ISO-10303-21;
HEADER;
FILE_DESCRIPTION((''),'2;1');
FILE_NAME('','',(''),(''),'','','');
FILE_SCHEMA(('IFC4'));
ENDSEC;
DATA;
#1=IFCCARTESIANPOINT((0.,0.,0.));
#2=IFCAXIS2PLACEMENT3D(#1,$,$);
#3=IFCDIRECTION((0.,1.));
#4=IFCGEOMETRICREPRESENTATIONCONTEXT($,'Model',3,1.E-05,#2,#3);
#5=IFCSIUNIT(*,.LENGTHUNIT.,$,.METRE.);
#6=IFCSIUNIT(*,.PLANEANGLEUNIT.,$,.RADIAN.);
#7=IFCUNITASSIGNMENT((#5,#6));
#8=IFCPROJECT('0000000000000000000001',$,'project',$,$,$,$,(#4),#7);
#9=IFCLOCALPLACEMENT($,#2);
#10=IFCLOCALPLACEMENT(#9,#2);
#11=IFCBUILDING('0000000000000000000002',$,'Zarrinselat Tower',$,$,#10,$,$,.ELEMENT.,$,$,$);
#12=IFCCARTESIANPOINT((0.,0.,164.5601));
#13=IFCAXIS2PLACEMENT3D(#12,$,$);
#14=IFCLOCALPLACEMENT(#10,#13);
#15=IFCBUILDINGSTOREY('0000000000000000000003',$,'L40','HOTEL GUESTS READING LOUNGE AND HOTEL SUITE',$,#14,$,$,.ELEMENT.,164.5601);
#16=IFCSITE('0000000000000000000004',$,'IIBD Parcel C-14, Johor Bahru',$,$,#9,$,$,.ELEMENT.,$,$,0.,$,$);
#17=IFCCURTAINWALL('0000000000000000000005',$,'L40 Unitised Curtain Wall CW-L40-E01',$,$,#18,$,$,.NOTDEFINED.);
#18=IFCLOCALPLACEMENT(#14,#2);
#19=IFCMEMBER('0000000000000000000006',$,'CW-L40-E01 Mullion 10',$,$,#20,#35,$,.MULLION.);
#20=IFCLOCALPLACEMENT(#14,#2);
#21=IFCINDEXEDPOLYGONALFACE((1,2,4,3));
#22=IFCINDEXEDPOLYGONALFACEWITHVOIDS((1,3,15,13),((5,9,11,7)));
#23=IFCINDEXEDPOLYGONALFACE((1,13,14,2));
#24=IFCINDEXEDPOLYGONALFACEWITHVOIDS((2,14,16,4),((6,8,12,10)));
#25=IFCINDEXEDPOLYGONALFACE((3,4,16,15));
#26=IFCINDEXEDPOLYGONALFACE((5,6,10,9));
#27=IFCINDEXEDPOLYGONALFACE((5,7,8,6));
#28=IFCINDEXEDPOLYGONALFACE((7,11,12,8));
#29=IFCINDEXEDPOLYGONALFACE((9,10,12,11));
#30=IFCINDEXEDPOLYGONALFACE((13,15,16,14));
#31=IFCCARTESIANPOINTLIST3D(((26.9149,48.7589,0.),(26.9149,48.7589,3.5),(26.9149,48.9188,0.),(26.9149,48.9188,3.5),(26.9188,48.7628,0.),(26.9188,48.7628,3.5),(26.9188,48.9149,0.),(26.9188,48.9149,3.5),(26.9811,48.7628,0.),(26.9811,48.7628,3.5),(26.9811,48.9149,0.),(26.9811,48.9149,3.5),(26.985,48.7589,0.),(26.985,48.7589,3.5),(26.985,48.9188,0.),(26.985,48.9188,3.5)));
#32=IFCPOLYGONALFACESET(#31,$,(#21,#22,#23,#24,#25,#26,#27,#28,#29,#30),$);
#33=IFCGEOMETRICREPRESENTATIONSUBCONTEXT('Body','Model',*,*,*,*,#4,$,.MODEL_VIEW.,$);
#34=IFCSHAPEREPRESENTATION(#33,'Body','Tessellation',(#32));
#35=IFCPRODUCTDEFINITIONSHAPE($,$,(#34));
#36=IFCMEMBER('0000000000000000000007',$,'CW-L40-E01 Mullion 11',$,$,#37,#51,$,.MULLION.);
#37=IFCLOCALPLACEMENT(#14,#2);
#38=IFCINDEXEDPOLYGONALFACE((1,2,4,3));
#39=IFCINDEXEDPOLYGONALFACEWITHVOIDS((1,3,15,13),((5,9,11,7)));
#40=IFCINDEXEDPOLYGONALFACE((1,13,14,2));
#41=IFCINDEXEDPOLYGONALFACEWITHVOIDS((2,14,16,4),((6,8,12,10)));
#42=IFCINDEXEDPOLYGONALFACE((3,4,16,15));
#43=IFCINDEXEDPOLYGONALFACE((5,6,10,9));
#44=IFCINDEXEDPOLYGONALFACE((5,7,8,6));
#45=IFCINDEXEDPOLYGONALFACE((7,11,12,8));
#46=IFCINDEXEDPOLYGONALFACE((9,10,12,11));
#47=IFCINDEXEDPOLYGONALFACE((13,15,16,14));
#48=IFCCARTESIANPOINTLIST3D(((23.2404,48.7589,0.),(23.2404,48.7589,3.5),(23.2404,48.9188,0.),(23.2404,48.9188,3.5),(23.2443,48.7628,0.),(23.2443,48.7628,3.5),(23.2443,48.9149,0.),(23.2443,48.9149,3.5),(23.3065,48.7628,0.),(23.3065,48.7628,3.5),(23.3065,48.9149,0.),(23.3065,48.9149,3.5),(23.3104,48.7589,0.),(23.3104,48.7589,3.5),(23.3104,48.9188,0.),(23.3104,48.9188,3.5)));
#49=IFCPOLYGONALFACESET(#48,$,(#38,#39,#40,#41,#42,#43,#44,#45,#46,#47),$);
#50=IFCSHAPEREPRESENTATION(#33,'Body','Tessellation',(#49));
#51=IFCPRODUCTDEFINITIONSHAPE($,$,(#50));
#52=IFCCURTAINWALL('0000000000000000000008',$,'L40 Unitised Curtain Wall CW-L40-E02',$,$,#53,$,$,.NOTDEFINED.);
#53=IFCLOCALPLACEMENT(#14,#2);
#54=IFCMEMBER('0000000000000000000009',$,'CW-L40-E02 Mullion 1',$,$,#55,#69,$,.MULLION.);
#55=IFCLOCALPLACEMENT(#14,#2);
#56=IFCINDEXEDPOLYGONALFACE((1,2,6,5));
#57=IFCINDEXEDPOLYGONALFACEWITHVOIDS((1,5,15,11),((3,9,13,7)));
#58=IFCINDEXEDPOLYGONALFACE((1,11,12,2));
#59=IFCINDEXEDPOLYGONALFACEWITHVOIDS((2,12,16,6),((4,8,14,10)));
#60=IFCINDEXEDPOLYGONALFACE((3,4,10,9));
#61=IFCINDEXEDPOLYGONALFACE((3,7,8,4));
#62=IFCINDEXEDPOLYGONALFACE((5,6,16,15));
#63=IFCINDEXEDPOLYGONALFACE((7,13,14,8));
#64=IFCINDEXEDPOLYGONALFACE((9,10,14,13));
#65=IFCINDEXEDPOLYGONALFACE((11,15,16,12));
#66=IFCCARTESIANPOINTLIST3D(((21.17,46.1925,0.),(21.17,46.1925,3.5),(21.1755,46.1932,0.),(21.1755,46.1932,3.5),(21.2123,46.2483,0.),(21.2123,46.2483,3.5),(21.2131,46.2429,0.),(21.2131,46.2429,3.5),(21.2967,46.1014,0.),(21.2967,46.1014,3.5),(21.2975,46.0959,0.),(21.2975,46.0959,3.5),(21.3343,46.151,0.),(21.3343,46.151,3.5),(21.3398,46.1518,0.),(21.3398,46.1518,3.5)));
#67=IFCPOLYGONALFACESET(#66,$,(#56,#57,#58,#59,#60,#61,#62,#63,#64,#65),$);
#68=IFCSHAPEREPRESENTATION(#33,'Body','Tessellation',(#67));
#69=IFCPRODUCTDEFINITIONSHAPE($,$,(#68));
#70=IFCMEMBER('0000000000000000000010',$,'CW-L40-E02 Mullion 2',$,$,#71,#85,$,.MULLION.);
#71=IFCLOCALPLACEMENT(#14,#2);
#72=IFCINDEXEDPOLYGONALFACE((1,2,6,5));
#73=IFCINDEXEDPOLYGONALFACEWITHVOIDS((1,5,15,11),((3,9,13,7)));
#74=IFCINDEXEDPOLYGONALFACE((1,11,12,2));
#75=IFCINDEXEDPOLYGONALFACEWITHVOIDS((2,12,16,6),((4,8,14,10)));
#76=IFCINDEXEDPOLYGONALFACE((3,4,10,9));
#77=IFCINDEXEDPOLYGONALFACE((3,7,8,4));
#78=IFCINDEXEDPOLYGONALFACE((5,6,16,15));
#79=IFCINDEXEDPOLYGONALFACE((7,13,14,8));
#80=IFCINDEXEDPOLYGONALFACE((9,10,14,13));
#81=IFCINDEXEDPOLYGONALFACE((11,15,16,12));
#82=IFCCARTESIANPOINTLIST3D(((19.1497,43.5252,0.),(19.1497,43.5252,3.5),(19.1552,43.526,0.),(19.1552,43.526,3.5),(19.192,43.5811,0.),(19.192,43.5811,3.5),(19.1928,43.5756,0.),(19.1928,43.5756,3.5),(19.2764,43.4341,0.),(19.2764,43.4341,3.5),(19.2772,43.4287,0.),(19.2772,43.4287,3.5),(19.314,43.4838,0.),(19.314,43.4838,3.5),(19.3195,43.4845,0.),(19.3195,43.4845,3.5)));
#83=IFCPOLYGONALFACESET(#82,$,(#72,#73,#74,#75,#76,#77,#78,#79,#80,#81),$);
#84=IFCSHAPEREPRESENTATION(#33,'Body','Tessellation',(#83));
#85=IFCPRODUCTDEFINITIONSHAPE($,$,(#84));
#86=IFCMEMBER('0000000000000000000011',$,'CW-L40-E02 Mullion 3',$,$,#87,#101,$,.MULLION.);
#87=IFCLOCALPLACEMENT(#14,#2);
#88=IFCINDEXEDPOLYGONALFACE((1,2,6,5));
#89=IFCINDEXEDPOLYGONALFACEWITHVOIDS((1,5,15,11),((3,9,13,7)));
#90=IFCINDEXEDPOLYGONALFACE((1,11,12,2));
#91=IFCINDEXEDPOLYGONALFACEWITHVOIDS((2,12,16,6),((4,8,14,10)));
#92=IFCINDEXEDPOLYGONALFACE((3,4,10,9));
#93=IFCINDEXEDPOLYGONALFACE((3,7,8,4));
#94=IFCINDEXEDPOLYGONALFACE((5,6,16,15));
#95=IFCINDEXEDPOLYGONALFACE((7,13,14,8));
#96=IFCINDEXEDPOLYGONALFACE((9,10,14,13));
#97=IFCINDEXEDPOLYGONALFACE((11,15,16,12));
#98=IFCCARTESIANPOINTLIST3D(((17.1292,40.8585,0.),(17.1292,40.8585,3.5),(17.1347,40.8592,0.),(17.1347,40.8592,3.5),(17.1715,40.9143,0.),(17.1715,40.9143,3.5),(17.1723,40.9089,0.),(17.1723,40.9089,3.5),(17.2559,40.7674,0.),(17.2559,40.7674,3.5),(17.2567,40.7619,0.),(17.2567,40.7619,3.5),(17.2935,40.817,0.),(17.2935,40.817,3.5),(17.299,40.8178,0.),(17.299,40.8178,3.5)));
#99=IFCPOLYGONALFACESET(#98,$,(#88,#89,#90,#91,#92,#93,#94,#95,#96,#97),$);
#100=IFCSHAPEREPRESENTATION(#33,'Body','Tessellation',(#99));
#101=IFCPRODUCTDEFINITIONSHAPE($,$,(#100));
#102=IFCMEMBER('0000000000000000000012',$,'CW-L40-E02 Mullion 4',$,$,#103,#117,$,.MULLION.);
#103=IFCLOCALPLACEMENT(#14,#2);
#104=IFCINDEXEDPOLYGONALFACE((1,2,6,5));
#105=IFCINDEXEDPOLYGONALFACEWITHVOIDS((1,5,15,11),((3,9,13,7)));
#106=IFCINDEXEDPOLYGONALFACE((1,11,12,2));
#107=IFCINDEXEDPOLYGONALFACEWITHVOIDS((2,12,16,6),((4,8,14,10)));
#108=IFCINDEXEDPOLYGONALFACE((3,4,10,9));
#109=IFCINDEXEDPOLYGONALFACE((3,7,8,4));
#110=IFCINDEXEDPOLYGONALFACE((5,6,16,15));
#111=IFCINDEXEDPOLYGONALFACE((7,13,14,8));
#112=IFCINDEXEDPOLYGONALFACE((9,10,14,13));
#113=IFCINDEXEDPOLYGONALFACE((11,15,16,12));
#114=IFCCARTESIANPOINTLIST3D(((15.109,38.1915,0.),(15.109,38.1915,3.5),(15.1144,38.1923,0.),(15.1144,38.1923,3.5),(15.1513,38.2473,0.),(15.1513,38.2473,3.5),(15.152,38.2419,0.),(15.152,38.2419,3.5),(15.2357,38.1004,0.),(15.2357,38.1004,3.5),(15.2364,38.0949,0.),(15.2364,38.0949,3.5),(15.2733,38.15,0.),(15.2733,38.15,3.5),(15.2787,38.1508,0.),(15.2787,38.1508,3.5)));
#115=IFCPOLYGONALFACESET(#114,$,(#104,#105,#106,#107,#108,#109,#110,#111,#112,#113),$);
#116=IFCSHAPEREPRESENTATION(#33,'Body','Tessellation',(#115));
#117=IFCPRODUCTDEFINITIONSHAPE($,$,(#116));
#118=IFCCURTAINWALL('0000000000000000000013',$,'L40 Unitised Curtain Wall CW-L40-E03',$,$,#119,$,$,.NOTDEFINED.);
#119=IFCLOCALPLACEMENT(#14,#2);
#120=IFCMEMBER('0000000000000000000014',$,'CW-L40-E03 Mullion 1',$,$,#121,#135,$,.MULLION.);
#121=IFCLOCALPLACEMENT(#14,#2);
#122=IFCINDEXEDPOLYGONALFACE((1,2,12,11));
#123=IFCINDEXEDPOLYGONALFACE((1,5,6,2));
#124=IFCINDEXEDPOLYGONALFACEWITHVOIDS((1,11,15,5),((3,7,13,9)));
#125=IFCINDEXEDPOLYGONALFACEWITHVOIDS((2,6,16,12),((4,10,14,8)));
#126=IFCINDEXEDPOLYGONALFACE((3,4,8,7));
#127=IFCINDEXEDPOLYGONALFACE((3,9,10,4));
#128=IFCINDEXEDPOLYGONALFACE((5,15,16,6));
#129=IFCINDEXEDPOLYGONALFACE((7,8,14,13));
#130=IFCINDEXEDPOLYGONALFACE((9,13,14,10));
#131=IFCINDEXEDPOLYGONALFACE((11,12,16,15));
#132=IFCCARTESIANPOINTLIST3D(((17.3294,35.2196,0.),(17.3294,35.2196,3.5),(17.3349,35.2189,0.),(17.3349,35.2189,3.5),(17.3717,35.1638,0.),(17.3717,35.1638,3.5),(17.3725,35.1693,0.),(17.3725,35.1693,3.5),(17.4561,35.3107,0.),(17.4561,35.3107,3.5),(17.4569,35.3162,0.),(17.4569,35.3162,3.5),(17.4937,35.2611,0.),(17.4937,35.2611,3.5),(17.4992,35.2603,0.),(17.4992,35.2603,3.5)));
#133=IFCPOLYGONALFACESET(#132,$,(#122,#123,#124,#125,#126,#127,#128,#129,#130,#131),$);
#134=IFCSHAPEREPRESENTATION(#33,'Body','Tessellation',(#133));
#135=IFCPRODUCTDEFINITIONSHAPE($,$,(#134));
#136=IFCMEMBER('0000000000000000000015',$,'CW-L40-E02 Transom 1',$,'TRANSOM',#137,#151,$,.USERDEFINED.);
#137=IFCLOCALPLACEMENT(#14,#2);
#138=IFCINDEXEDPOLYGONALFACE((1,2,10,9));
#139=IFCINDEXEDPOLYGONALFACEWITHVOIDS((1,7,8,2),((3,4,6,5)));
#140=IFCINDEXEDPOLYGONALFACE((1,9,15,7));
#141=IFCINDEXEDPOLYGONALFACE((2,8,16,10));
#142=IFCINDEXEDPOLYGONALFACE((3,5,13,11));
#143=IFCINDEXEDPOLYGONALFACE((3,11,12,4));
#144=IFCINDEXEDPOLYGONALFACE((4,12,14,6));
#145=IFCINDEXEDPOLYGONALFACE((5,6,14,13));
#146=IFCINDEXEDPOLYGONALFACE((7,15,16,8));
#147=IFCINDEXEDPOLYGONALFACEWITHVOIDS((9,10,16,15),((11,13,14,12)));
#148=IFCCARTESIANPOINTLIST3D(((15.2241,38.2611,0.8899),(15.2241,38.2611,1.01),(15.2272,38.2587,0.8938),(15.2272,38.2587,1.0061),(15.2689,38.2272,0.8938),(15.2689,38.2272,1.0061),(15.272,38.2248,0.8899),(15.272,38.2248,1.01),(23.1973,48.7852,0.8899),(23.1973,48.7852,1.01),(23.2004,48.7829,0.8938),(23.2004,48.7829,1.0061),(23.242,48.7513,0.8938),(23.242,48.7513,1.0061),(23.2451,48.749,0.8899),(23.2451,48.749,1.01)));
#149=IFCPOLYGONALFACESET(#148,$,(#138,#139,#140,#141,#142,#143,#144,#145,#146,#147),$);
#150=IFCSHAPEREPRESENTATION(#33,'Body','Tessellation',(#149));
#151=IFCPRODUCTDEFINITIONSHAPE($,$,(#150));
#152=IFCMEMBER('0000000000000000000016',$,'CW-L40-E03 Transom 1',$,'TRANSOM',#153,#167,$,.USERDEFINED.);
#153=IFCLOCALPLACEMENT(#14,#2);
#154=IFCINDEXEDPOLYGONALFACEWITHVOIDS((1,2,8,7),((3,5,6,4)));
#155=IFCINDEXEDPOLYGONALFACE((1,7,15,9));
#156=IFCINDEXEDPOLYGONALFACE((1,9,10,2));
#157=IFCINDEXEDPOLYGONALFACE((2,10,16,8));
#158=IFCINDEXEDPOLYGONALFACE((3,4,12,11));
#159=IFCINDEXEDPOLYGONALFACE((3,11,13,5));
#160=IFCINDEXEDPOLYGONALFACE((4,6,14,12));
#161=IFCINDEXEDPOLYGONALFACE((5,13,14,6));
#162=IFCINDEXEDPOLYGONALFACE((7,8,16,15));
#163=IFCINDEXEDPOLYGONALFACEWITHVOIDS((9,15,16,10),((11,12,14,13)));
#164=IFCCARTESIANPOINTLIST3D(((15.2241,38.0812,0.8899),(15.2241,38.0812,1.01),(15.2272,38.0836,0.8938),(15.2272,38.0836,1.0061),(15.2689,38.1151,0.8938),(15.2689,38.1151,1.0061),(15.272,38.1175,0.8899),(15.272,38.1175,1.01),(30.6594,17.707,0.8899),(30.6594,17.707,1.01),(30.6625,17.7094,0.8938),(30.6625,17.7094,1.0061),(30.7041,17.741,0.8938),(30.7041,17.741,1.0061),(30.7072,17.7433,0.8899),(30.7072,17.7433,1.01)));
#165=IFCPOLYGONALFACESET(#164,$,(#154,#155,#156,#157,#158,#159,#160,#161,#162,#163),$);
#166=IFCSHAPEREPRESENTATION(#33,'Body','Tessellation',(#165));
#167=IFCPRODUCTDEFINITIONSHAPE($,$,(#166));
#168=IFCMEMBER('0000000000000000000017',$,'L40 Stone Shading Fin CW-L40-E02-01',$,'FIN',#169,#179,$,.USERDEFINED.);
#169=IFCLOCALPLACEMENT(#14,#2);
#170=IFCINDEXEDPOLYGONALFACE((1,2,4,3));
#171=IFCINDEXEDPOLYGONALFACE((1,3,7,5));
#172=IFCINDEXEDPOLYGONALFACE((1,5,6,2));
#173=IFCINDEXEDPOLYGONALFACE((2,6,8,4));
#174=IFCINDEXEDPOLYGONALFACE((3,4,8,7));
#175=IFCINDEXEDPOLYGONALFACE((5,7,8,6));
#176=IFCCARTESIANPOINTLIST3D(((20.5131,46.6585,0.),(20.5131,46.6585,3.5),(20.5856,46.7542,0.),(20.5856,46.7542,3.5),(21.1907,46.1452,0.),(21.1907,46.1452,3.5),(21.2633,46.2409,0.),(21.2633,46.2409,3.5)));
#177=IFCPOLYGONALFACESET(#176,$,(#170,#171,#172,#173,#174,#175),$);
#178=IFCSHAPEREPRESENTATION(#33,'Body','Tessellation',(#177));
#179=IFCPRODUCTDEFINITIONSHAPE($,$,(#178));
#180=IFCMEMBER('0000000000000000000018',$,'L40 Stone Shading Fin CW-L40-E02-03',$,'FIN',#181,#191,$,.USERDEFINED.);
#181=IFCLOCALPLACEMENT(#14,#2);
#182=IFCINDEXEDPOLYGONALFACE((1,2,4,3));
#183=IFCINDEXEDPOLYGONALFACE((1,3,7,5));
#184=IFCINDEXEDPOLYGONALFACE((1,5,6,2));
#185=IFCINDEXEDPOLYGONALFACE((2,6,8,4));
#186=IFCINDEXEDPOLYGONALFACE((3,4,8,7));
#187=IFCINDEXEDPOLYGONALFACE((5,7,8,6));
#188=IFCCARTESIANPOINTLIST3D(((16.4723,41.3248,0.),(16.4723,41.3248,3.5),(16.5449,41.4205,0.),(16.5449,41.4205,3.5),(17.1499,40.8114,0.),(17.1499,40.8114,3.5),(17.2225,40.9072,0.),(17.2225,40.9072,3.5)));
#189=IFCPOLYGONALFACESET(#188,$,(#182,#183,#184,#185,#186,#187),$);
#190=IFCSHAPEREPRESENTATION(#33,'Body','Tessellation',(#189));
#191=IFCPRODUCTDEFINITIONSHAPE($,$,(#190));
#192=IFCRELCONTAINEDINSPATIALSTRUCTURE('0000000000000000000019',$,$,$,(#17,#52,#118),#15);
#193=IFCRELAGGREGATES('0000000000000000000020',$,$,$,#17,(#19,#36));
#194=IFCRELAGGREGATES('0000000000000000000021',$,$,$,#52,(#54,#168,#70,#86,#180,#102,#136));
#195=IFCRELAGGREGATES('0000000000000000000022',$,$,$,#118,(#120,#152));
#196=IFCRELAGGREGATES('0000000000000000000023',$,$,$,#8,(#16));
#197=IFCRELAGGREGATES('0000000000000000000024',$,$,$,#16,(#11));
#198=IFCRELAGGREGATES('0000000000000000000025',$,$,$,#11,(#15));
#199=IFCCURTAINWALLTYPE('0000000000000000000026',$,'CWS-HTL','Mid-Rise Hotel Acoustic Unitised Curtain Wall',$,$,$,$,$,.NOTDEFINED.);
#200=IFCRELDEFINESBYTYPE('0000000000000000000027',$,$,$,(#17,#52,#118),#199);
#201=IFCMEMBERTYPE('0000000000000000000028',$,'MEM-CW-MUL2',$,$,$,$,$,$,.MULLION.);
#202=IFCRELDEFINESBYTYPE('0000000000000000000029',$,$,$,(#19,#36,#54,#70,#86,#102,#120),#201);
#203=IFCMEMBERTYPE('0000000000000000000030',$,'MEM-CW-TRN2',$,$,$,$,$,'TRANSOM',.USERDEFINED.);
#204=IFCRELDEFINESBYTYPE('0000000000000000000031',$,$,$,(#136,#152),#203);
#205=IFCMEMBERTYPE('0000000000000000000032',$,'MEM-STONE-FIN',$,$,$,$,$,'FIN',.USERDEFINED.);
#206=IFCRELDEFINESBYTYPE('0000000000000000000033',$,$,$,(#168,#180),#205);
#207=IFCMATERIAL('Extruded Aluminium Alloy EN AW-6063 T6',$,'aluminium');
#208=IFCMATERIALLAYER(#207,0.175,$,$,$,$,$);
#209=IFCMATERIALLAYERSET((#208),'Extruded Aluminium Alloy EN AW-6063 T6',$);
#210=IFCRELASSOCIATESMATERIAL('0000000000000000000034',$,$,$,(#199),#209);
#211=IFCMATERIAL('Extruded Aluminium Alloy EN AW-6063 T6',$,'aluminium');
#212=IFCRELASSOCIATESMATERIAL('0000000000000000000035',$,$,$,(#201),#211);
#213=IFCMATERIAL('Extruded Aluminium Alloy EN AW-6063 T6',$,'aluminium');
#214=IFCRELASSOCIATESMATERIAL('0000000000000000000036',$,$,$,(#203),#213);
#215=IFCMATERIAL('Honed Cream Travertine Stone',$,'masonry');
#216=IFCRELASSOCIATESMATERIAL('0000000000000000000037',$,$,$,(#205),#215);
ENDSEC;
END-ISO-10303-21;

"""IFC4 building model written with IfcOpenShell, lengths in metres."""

from ifc_helpers import new_model, si_unit, direction, frame, origin, origin_2d, place, context, subcontext, project, spatial, rectangle, hollow_rectangle, extrude, material, layer, layer_set, material_profile, profile_set, type_object, element, aggregate, save


model = new_model("IFC4")

# Units and contexts
model_context = context("Model", 3, precision=1e-05, world=origin(), true_north=direction((0.0, 1.0)))
body_context = subcontext(model_context, "Body", "Model", "MODEL_VIEW")
ifc_project = project(units=[si_unit("LENGTHUNIT", "METRE"), si_unit("PLANEANGLEUNIT", "RADIAN")], contexts=[model_context])

# Site, building, storey
site_placement = place(None, origin())
site = spatial("IfcSite", under=ifc_project, at=site_placement, Name="IIBD Parcel C-14, Johor Bahru", CompositionType="ELEMENT", RefElevation=0.0)
building_placement = place(site_placement, origin())
building = spatial("IfcBuilding", under=site, at=building_placement, Name="Zarrinselat Tower", CompositionType="ELEMENT")
storey_placement = place(building_placement, frame((0.0, 0.0, 164.5601)))
storey = spatial("IfcBuildingStorey", under=building, at=storey_placement, Name="L40", Description="HOTEL GUESTS READING LOUNGE AND HOTEL SUITE", CompositionType="ELEMENT", Elevation=164.5601)

# Curtain walls, members
ifc_material_1 = material(Name="Extruded Aluminium Alloy EN AW-6063 T6", Category="aluminium")
ifc_layer_1 = layer(ifc_material_1, 0.175)
ifc_layer_set_1 = layer_set([ifc_layer_1], Name="Extruded Aluminium Alloy EN AW-6063 T6")
curtain_wall_type = type_object("IfcCurtainWallType", Name="CWS-HTL", Description="Mid-Rise Hotel Acoustic Unitised Curtain Wall", PredefinedType="NOTDEFINED", material=ifc_layer_set_1)
curtain_wall_1_placement = place(storey_placement, origin())
curtain_wall_1 = element("IfcCurtainWall", 1, at=curtain_wall_1_placement, inside=storey, type_object=curtain_wall_type, Name="L40 Unitised Curtain Wall CW-L40-E01", PredefinedType="NOTDEFINED")
ifc_material_2 = material(Name="Extruded Aluminium Alloy EN AW-6063 T6", Category="aluminium")
ifc_material_profile_1 = material_profile(ifc_material_2, hollow_rectangle(XDim=0.0701, YDim=0.1599, WallThickness=0.0039, at=origin_2d()), Name="RHS 160x70x4")
ifc_profile_set_1 = profile_set([ifc_material_profile_1], Name="Extruded Aluminium Alloy EN AW-6063 T6")
member_type_1 = type_object("IfcMemberType", Name="MEM-CW-MUL2", PredefinedType="MULLION", material=ifc_profile_set_1)
member_1_placement = place(storey_placement, frame((26.95, 48.8389, 0.0), z_axis=(0.0, 0.0, 1.0), x_axis=(-1.0, 0.0, 0.0)))
member_1 = element("IfcMember", 2, at=member_1_placement, type_object=member_type_1, Name="CW-L40-E01 Mullion 10", PredefinedType="MULLION", context=body_context, shape_type="SweptSolid", body=[
    extrude(hollow_rectangle(XDim=0.0701, YDim=0.1599, WallThickness=0.0039, at=origin_2d()), origin(), (0.0, 0.0, 1.0), 3.5),
])
member_2_placement = place(storey_placement, frame((23.2754, 48.8389, 0.0), z_axis=(0.0, 0.0, 1.0), x_axis=(-1.0, 0.0, 0.0)))
member_2 = element("IfcMember", 3, at=member_2_placement, type_object=member_type_1, Name="CW-L40-E01 Mullion 11", PredefinedType="MULLION", context=body_context, shape_type="SweptSolid", body=[
    extrude(hollow_rectangle(XDim=0.0701, YDim=0.1599, WallThickness=0.0039, at=origin_2d()), origin(), (0.0, 0.0, 1.0), 3.5),
])
curtain_wall_2_placement = place(storey_placement, origin())
curtain_wall_2 = element("IfcCurtainWall", 4, at=curtain_wall_2_placement, inside=storey, type_object=curtain_wall_type, Name="L40 Unitised Curtain Wall CW-L40-E02", PredefinedType="NOTDEFINED")
member_3_placement = place(storey_placement, frame((21.2549, 46.1721, 0.0), z_axis=(0.0, 0.0, 1.0), x_axis=(-0.603855, -0.797095, 0.0)))
member_3 = element("IfcMember", 5, at=member_3_placement, type_object=member_type_1, Name="CW-L40-E02 Mullion 1", PredefinedType="MULLION", context=body_context, shape_type="SweptSolid", body=[
    extrude(hollow_rectangle(XDim=0.0701, YDim=0.1599, WallThickness=0.0039, at=origin_2d()), origin(), (0.0, 0.0, 1.0), 3.5),
])
member_4_placement = place(storey_placement, frame((19.2346, 43.5049, 0.0), z_axis=(0.0, 0.0, 1.0), x_axis=(-0.603855, -0.797095, 0.0)))
member_4 = element("IfcMember", 6, at=member_4_placement, type_object=member_type_1, Name="CW-L40-E02 Mullion 2", PredefinedType="MULLION", context=body_context, shape_type="SweptSolid", body=[
    extrude(hollow_rectangle(XDim=0.0701, YDim=0.1599, WallThickness=0.0039, at=origin_2d()), origin(), (0.0, 0.0, 1.0), 3.5),
])
member_5_placement = place(storey_placement, frame((17.2141, 40.8381, 0.0), z_axis=(0.0, 0.0, 1.0), x_axis=(-0.603855, -0.797095, 0.0)))
member_5 = element("IfcMember", 7, at=member_5_placement, type_object=member_type_1, Name="CW-L40-E02 Mullion 3", PredefinedType="MULLION", context=body_context, shape_type="SweptSolid", body=[
    extrude(hollow_rectangle(XDim=0.0701, YDim=0.1599, WallThickness=0.0039, at=origin_2d()), origin(), (0.0, 0.0, 1.0), 3.5),
])
member_6_placement = place(storey_placement, frame((15.1938, 38.1711, 0.0), z_axis=(0.0, 0.0, 1.0), x_axis=(-0.603855, -0.797095, 0.0)))
member_6 = element("IfcMember", 8, at=member_6_placement, type_object=member_type_1, Name="CW-L40-E02 Mullion 4", PredefinedType="MULLION", context=body_context, shape_type="SweptSolid", body=[
    extrude(hollow_rectangle(XDim=0.0701, YDim=0.1599, WallThickness=0.0039, at=origin_2d()), origin(), (0.0, 0.0, 1.0), 3.5),
])

# Curtain wall, member
curtain_wall_3_placement = place(storey_placement, origin())
curtain_wall_3 = element("IfcCurtainWall", 9, at=curtain_wall_3_placement, inside=storey, type_object=curtain_wall_type, Name="L40 Unitised Curtain Wall CW-L40-E03", PredefinedType="NOTDEFINED")
member_7_placement = place(storey_placement, frame((17.4143, 35.24, 0.0), z_axis=(0.0, 0.0, 1.0), x_axis=(0.603858, -0.797092, 0.0)))
member_7 = element("IfcMember", 10, at=member_7_placement, type_object=member_type_1, Name="CW-L40-E03 Mullion 1", PredefinedType="MULLION", context=body_context, shape_type="SweptSolid", body=[
    extrude(hollow_rectangle(XDim=0.0701, YDim=0.1599, WallThickness=0.0039, at=origin_2d()), origin(), (0.0, 0.0, 1.0), 3.5),
])

# Members
ifc_material_3 = material(Name="Extruded Aluminium Alloy EN AW-6063 T6", Category="aluminium")
ifc_material_profile_2 = material_profile(ifc_material_3, hollow_rectangle(XDim=0.0601, YDim=0.1201, WallThickness=0.0039, at=origin_2d()), Name="RHS 120x60x4")
ifc_profile_set_2 = profile_set([ifc_material_profile_2], Name="Extruded Aluminium Alloy EN AW-6063 T6")
member_type_2 = type_object("IfcMemberType", Name="MEM-CW-TRN2", ElementType="TRANSOM", PredefinedType="USERDEFINED", material=ifc_profile_set_2)
member_8_placement = place(storey_placement, frame((23.2212, 48.7671, 0.95), z_axis=(-0.603872, -0.797082, 0.0), x_axis=(0.797082, -0.603872, 0.0)))
member_8 = element("IfcMember", 11, at=member_8_placement, type_object=member_type_2, Name="CW-L40-E02 Transom 1", ObjectType="TRANSOM", PredefinedType="USERDEFINED", context=body_context, shape_type="SweptSolid", body=[
    extrude(hollow_rectangle(XDim=0.0601, YDim=0.1201, WallThickness=0.0039, at=origin_2d()), origin(), (0.0, 0.0, 1.0), 13.2034),
])
member_9_placement = place(storey_placement, frame((15.248, 38.0994, 0.95), z_axis=(0.603864, -0.797087, 0.0), x_axis=(0.797087, 0.603864, 0.0)))
member_9 = element("IfcMember", 12, at=member_9_placement, type_object=member_type_2, Name="CW-L40-E03 Transom 1", ObjectType="TRANSOM", PredefinedType="USERDEFINED", context=body_context, shape_type="SweptSolid", body=[
    extrude(hollow_rectangle(XDim=0.0601, YDim=0.1201, WallThickness=0.0039, at=origin_2d()), origin(), (0.0, 0.0, 1.0), 25.5608),
])
ifc_material_4 = material(Name="Honed Cream Travertine Stone", Category="masonry")
ifc_material_profile_3 = material_profile(ifc_material_4, rectangle(XDim=0.1201, YDim=0.8501, at=origin_2d()), Name="FIN 850x120")
ifc_profile_set_3 = profile_set([ifc_material_profile_3], Name="Honed Cream Travertine Stone")
member_type_3 = type_object("IfcMemberType", Name="MEM-STONE-FIN", ElementType="FIN", PredefinedType="USERDEFINED", material=ifc_profile_set_3)
member_10_placement = place(storey_placement, frame((20.8882, 46.4497, 0.0), z_axis=(0.0, 0.0, 1.0), x_axis=(0.603855, 0.797095, 0.0)))
member_10 = element("IfcMember", 13, at=member_10_placement, type_object=member_type_3, Name="L40 Stone Shading Fin CW-L40-E02-01", ObjectType="FIN", PredefinedType="USERDEFINED", context=body_context, shape_type="SweptSolid", body=[
    extrude(rectangle(XDim=0.1201, YDim=0.8501, at=origin_2d()), origin(), (0.0, 0.0, 1.0), 3.5),
])
member_11_placement = place(storey_placement, frame((16.8474, 41.116, 0.0), z_axis=(0.0, 0.0, 1.0), x_axis=(0.603855, 0.797095, 0.0)))
member_11 = element("IfcMember", 14, at=member_11_placement, type_object=member_type_3, Name="L40 Stone Shading Fin CW-L40-E02-03", ObjectType="FIN", PredefinedType="USERDEFINED", context=body_context, shape_type="SweptSolid", body=[
    extrude(rectangle(XDim=0.1201, YDim=0.8501, at=origin_2d()), origin(), (0.0, 0.0, 1.0), 3.5),
])

aggregate(curtain_wall_1, [member_1, member_2])
aggregate(curtain_wall_2, [member_3, member_10, member_4, member_5, member_11, member_6, member_8])
aggregate(curtain_wall_3, [member_7, member_9])

save(model, "model.ifc")
